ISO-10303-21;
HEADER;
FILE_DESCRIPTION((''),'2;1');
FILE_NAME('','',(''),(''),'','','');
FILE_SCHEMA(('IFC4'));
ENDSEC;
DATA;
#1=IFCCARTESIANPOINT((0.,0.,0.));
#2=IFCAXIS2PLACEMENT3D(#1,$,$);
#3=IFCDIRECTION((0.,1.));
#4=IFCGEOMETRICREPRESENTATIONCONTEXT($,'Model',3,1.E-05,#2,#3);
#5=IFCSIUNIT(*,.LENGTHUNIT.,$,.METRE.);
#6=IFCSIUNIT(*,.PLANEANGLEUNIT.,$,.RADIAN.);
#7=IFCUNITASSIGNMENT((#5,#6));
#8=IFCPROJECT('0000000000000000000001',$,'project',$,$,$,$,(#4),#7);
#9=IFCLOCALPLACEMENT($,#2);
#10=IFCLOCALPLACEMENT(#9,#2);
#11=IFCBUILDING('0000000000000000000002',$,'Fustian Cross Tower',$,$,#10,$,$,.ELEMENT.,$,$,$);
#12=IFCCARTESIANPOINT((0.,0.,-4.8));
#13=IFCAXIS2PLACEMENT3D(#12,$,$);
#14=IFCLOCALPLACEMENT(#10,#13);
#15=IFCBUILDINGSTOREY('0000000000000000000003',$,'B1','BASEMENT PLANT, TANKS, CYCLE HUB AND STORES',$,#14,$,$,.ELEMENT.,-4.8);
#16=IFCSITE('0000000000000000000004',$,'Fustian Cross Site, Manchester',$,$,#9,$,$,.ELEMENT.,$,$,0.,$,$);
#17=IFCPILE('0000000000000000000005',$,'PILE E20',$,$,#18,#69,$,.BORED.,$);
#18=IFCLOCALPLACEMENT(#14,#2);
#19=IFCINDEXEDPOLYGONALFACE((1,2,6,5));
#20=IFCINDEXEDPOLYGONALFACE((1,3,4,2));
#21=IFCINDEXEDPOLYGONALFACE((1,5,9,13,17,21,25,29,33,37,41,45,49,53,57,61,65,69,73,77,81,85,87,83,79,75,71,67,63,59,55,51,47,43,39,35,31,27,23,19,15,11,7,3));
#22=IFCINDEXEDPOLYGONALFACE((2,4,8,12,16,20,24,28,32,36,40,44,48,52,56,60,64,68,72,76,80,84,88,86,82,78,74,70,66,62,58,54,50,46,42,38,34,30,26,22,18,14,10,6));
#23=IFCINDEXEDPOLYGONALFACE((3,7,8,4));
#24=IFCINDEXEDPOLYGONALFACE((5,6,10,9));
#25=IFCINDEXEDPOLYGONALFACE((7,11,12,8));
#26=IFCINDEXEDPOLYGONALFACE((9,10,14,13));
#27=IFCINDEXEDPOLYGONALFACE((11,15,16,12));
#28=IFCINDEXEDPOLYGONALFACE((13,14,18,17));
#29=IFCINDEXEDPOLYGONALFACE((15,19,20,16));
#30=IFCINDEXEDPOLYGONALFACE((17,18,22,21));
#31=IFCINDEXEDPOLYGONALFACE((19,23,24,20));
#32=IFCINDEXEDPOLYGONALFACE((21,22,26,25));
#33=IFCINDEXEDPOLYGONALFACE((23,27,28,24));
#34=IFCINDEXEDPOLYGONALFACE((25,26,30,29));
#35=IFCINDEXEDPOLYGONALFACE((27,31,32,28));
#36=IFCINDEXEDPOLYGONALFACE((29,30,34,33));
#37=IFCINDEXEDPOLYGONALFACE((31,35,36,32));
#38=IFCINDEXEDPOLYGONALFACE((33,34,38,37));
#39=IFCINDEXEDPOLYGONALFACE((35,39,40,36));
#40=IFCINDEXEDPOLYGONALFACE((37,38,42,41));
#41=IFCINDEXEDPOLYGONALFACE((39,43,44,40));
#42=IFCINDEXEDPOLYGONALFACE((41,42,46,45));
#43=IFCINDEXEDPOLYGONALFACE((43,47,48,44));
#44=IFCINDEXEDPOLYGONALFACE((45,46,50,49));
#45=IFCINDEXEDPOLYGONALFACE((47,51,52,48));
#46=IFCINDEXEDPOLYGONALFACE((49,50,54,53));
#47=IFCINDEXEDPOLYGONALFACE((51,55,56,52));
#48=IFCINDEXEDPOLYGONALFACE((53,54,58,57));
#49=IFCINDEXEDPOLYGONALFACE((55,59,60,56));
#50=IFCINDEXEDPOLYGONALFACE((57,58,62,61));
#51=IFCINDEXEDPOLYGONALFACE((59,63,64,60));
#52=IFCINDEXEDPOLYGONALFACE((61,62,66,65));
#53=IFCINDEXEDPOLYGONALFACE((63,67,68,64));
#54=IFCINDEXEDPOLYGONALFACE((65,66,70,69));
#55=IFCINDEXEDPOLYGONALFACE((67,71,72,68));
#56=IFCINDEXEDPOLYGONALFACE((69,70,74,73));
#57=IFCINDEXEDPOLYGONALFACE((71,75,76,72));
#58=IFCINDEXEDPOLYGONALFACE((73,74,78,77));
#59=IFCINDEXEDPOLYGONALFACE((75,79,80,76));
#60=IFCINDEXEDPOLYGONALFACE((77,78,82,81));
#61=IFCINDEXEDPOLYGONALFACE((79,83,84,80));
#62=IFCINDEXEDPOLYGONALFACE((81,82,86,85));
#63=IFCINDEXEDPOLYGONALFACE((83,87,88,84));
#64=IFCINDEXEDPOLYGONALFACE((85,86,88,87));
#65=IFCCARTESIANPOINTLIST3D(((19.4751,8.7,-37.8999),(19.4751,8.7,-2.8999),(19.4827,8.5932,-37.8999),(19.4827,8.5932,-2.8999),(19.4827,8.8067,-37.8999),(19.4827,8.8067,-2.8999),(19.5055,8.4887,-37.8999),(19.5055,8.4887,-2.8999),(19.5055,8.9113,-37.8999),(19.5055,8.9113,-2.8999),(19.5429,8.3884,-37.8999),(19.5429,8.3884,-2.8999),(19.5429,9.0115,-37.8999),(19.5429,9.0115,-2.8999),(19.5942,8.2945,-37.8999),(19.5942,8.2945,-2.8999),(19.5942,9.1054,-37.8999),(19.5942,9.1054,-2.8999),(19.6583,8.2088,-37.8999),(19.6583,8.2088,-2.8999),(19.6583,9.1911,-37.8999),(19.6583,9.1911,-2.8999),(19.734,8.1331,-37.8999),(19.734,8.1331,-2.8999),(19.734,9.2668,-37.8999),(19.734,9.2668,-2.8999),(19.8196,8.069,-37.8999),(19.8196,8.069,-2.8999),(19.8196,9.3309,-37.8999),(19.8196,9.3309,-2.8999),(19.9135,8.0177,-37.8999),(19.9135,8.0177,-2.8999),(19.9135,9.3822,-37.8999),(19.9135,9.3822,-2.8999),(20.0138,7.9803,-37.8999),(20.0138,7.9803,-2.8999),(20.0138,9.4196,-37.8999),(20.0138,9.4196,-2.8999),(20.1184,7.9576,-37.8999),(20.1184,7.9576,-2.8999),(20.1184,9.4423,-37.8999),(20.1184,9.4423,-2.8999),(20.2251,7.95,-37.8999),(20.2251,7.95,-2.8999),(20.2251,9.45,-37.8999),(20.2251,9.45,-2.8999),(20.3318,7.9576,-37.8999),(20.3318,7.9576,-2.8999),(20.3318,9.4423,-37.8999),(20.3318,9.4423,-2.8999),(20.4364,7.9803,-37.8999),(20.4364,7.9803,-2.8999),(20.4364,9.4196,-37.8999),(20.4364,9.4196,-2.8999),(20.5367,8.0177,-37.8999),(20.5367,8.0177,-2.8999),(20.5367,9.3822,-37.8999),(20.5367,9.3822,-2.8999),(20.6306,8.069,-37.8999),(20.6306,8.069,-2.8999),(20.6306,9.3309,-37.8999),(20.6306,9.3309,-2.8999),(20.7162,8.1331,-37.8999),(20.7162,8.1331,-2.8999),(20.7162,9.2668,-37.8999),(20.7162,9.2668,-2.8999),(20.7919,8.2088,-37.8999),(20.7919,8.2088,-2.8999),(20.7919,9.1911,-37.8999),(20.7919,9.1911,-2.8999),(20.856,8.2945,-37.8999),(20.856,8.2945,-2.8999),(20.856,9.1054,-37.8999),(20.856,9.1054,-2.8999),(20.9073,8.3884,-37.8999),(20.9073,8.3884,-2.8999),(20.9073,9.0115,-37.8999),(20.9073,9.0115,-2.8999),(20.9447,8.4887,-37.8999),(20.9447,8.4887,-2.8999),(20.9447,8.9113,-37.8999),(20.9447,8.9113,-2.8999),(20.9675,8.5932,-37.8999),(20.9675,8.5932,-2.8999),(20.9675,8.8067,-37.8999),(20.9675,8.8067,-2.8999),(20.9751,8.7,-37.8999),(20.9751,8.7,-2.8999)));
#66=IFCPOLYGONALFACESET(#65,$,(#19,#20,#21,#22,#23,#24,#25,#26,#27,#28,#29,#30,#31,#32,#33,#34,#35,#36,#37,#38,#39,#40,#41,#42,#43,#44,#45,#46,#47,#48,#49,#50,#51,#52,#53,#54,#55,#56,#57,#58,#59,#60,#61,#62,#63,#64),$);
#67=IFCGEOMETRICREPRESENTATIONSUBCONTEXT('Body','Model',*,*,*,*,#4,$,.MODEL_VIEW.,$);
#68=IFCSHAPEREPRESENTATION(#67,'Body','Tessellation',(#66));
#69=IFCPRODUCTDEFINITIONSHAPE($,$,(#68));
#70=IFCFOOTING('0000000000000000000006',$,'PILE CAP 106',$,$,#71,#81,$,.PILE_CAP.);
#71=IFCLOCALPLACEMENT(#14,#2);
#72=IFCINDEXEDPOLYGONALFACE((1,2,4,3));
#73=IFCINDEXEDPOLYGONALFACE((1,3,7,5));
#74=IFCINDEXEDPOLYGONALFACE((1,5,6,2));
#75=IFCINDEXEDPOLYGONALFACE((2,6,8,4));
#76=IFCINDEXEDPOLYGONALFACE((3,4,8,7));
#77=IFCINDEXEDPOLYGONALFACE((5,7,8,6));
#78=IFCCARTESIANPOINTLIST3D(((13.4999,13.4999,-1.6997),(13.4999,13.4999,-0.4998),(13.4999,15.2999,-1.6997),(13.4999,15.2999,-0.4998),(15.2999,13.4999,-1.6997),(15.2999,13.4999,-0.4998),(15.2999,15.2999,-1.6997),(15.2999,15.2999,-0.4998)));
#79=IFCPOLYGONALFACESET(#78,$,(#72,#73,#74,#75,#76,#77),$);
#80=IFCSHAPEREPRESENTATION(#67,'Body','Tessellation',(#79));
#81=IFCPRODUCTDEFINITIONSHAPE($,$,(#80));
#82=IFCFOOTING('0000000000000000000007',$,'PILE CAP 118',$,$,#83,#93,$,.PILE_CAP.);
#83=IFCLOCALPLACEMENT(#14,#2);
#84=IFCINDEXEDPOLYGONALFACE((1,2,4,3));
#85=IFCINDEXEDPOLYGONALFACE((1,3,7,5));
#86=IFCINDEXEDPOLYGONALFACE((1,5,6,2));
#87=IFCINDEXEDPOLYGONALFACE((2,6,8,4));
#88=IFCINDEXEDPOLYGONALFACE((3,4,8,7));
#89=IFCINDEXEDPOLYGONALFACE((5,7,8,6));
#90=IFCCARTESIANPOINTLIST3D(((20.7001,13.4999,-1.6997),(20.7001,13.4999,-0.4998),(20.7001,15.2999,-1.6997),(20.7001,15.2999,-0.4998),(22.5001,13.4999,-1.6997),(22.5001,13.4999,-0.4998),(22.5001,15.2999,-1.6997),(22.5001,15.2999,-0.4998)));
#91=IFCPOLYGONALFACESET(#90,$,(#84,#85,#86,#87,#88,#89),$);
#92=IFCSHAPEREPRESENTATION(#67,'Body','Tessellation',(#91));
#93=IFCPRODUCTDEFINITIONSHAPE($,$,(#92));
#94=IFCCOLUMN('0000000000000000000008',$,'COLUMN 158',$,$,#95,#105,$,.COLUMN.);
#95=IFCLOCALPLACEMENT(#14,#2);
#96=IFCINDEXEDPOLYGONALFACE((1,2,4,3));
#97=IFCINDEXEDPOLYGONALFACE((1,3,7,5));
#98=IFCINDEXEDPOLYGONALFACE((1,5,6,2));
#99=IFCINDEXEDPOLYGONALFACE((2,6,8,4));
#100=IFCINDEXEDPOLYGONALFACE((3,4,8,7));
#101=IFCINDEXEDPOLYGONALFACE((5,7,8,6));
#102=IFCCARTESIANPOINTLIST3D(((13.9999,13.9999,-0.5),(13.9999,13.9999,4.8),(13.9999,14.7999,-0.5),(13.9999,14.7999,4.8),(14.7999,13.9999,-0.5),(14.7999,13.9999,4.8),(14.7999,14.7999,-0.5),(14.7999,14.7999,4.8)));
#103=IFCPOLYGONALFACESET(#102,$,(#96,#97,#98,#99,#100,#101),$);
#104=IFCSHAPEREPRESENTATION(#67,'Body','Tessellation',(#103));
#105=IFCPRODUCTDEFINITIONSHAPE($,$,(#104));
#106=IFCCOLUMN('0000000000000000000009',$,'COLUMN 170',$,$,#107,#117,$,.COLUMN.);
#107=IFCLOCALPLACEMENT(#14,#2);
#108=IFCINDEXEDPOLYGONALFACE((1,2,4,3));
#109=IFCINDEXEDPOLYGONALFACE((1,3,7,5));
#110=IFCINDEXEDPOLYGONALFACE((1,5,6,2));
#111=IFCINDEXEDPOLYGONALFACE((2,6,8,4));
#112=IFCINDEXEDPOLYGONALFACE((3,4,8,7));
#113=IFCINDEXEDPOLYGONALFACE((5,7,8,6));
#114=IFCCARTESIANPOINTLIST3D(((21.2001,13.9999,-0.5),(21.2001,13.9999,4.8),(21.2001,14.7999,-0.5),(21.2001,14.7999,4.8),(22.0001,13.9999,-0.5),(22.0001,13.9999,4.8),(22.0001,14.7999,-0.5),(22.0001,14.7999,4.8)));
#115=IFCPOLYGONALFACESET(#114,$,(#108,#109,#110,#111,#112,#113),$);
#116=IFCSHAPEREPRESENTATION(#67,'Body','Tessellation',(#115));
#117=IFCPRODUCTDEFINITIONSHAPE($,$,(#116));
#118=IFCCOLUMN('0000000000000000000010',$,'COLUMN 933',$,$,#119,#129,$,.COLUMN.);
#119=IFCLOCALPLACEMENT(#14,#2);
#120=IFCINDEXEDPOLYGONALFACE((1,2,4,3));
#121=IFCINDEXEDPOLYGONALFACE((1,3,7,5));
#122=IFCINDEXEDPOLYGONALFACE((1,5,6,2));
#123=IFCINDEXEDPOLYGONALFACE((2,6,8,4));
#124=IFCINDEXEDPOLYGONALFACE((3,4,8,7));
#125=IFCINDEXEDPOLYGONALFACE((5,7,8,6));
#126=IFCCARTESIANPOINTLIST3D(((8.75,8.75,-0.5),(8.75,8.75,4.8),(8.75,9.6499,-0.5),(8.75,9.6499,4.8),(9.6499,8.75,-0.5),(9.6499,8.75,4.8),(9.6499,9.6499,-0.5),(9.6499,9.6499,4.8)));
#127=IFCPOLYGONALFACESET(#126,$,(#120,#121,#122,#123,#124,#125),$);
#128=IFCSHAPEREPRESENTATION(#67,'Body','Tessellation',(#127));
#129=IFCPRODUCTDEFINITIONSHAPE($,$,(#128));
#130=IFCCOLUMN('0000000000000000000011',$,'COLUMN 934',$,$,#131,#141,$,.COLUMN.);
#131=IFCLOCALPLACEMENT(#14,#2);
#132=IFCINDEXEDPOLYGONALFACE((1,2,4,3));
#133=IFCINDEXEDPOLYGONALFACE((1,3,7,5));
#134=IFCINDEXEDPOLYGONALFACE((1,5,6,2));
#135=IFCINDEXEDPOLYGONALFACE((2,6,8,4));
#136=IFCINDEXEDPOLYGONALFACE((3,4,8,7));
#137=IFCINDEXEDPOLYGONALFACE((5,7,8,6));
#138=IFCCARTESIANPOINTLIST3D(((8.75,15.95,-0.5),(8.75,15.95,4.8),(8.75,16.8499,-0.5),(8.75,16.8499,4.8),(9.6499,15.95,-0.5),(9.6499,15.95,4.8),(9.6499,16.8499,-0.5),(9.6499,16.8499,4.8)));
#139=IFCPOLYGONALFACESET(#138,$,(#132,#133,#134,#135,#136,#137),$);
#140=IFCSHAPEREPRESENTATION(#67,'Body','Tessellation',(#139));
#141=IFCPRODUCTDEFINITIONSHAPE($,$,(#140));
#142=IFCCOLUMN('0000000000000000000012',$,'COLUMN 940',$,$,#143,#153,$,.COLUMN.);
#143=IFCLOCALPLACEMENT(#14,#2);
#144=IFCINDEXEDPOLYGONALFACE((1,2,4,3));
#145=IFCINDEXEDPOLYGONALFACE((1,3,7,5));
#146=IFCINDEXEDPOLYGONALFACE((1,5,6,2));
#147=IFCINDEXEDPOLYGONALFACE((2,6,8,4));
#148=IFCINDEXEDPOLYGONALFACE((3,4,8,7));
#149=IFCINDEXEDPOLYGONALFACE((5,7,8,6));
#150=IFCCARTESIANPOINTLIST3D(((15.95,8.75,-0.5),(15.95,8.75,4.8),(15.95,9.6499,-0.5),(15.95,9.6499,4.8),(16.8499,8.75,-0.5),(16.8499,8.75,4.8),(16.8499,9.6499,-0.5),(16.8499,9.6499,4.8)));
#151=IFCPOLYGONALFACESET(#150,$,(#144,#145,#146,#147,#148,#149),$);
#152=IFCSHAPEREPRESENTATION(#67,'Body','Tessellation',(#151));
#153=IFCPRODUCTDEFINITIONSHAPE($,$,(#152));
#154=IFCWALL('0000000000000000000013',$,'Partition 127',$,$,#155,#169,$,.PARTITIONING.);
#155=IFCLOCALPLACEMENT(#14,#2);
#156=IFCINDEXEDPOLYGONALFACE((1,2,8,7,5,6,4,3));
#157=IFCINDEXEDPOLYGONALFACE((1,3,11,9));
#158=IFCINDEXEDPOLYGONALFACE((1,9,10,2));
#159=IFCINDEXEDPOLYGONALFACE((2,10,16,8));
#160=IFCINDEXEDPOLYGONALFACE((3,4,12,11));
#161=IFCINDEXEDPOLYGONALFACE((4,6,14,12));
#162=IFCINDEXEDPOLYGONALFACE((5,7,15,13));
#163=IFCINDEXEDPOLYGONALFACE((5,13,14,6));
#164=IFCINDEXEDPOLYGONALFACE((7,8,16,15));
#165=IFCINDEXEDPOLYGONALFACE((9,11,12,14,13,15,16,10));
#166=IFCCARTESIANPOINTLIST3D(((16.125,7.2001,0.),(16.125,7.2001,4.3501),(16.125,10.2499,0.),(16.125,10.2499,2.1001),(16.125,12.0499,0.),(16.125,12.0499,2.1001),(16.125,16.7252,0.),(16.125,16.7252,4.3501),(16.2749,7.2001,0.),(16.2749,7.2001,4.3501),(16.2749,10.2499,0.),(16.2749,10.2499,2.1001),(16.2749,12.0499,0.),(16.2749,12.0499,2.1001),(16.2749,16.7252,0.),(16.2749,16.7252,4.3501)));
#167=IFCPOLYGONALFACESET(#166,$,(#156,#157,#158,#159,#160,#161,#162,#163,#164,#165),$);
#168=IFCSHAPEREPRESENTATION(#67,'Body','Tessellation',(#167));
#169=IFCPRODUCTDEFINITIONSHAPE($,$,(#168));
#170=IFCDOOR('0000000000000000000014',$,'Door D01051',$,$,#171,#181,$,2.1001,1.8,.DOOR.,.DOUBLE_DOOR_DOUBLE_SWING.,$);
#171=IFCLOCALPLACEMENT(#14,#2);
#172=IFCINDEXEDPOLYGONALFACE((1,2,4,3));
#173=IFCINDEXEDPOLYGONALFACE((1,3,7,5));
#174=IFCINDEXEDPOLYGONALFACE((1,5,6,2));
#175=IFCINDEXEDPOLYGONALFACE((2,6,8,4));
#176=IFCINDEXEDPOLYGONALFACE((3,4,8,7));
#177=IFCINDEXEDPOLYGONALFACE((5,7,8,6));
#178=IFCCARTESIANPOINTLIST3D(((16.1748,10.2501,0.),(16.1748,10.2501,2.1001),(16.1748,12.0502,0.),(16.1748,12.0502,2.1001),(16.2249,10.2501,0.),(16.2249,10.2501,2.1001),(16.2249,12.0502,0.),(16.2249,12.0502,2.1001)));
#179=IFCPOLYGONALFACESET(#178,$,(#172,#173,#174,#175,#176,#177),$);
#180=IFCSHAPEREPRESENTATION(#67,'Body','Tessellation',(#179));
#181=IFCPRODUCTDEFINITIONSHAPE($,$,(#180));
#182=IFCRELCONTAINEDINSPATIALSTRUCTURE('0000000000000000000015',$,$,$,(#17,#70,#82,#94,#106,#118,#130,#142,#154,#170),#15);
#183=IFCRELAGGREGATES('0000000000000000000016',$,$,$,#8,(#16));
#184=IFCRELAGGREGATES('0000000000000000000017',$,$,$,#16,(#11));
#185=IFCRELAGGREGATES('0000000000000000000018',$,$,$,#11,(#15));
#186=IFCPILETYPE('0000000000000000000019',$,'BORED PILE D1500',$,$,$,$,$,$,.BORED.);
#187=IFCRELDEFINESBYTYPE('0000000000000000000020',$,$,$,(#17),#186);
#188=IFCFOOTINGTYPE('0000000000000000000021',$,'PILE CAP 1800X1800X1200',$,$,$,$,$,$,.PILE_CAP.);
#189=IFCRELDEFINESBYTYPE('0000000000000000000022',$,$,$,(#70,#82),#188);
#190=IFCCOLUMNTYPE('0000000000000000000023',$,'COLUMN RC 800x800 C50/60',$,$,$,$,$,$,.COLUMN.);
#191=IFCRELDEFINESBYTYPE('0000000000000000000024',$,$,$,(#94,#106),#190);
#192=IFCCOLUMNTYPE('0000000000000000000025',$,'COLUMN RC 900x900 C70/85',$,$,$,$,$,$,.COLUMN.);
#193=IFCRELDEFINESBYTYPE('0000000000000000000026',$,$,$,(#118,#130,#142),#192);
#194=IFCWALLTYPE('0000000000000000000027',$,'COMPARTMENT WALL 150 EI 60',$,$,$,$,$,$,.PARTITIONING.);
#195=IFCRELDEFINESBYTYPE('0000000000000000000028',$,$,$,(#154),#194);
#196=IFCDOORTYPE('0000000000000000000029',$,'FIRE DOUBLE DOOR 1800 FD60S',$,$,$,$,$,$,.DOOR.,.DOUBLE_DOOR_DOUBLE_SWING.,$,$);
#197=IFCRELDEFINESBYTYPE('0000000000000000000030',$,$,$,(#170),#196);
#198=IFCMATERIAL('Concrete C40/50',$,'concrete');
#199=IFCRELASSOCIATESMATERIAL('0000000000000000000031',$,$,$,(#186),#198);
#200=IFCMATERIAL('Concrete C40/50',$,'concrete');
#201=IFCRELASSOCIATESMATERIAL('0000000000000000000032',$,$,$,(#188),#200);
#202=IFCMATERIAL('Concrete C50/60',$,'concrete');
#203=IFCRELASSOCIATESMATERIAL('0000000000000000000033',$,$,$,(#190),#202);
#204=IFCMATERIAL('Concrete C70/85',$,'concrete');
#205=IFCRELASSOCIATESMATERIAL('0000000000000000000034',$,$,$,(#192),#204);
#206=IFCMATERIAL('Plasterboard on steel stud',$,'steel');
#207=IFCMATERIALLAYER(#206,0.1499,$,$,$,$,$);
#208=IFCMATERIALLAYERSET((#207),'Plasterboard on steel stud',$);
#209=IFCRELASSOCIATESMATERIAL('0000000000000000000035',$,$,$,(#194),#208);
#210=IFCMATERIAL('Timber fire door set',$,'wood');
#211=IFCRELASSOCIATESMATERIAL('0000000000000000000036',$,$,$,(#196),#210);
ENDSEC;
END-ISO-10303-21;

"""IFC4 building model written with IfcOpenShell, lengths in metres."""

from ifc_helpers import new_model, si_unit, direction, frame, frame_2d, origin, origin_2d, place, context, subcontext, project, spatial, rectangle, circle, extrude, material, layer, layer_set, material_profile, profile_set, type_object, element, fill, save


model = new_model("IFC4")

# Units and contexts
model_context = context("Model", 3, precision=1e-05, world=origin(), true_north=direction((0.0, 1.0)))
body_context = subcontext(model_context, "Body", "Model", "MODEL_VIEW")
ifc_project = project(units=[si_unit("LENGTHUNIT", "METRE"), si_unit("PLANEANGLEUNIT", "RADIAN")], contexts=[model_context])

# Site, building, storey
site_placement = place(None, origin())
site = spatial("IfcSite", under=ifc_project, at=site_placement, Name="Fustian Cross Site, Manchester", CompositionType="ELEMENT", RefElevation=0.0)
building_placement = place(site_placement, origin())
building = spatial("IfcBuilding", under=site, at=building_placement, Name="Fustian Cross Tower", CompositionType="ELEMENT")
storey_placement = place(building_placement, frame((0.0, 0.0, -4.8)))
storey = spatial("IfcBuildingStorey", under=building, at=storey_placement, Name="B1", Description="BASEMENT PLANT, TANKS, CYCLE HUB AND STORES", CompositionType="ELEMENT", Elevation=-4.8)

# Pile
ifc_material_1 = material(Name="Concrete C40/50", Category="concrete")
ifc_material_profile_1 = material_profile(ifc_material_1, circle(Radius=0.75, at=origin_2d()), Name="BORED PILE D1500")
ifc_profile_set_1 = profile_set([ifc_material_profile_1], Name="Concrete C40/50")
pile_type_1 = type_object("IfcPileType", Name="BORED PILE D1500", PredefinedType="BORED", material=ifc_profile_set_1)
for number, where, z_axis, x_axis, name in (
    (1, (20.2251, 8.7, -2.8999), (0.0, 0.0, -1.0), (1.0, 0.0, 0.0), "PILE E20"),
):
    element("IfcPile", number, at=place(storey_placement, frame(where, z_axis=z_axis, x_axis=x_axis)), inside=storey, type_object=pile_type_1, Name=name, PredefinedType="BORED", context=body_context, shape_type="SweptSolid", body=[
        extrude(circle(Radius=0.75, at=origin_2d()), origin(), (0.0, 0.0, 1.0), 35.0),
    ])

# Footings
ifc_material_2 = material(Name="Concrete C40/50", Category="concrete")
footing_type = type_object("IfcFootingType", Name="PILE CAP 1800X1800X1200", PredefinedType="PILE_CAP", material=ifc_material_2)
for number, where, z_axis, x_axis, name in (
    (2, (14.3999, 14.3999, -1.6997), (0.0, 0.0, 1.0), (1.0, 0.0, 0.0), "PILE CAP 106"),
    (3, (21.6001, 14.3999, -1.6997), (0.0, 0.0, 1.0), (1.0, 0.0, 0.0), "PILE CAP 118"),
):
    element("IfcFooting", number, at=place(storey_placement, frame(where, z_axis=z_axis, x_axis=x_axis)), inside=storey, type_object=footing_type, Name=name, PredefinedType="PILE_CAP", context=body_context, shape_type="SweptSolid", body=[
        extrude(rectangle(XDim=1.8, YDim=1.8, at=origin_2d()), origin(), (0.0, 0.0, 1.0), 1.2),
    ])

# Columns
ifc_material_3 = material(Name="Concrete C50/60", Category="concrete")
ifc_material_profile_2 = material_profile(ifc_material_3, rectangle(XDim=0.8, YDim=0.8, at=origin_2d()), Name="RC 800x800")
ifc_profile_set_2 = profile_set([ifc_material_profile_2], Name="Concrete C50/60")
column_type_1 = type_object("IfcColumnType", Name="COLUMN RC 800x800 C50/60", PredefinedType="COLUMN", material=ifc_profile_set_2)
for number, where, z_axis, x_axis, name in (
    (4, (14.3999, 14.3999, -0.5), (0.0, 0.0, 1.0), (1.0, 0.0, 0.0), "COLUMN 158"),
    (5, (21.6001, 14.3999, -0.5), (0.0, 0.0, 1.0), (1.0, 0.0, 0.0), "COLUMN 170"),
):
    element("IfcColumn", number, at=place(storey_placement, frame(where, z_axis=z_axis, x_axis=x_axis)), inside=storey, type_object=column_type_1, Name=name, PredefinedType="COLUMN", context=body_context, shape_type="SweptSolid", body=[
        extrude(rectangle(XDim=0.8, YDim=0.8, at=origin_2d()), origin(), (0.0, 0.0, 1.0), 5.3),
    ])
ifc_material_4 = material(Name="Concrete C70/85", Category="concrete")
ifc_material_profile_3 = material_profile(ifc_material_4, rectangle(XDim=0.8999, YDim=0.8999, at=origin_2d()), Name="RC 900x900")
ifc_profile_set_3 = profile_set([ifc_material_profile_3], Name="Concrete C70/85")
column_type_2 = type_object("IfcColumnType", Name="COLUMN RC 900x900 C70/85", PredefinedType="COLUMN", material=ifc_profile_set_3)
for number, where, z_axis, x_axis, name in (
    (6, (9.2, 9.2, -0.5), (0.0, 0.0, 1.0), (1.0, 0.0, 0.0), "COLUMN 933"),
    (7, (9.2, 16.3999, -0.5), (0.0, 0.0, 1.0), (1.0, 0.0, 0.0), "COLUMN 934"),
    (8, (16.3999, 9.2, -0.5), (0.0, 0.0, 1.0), (1.0, 0.0, 0.0), "COLUMN 940"),
):
    element("IfcColumn", number, at=place(storey_placement, frame(where, z_axis=z_axis, x_axis=x_axis)), inside=storey, type_object=column_type_2, Name=name, PredefinedType="COLUMN", context=body_context, shape_type="SweptSolid", body=[
        extrude(rectangle(XDim=0.8999, YDim=0.8999, at=origin_2d()), origin(), (0.0, 0.0, 1.0), 5.3),
    ])

# Wall, opening, door
ifc_material_5 = material(Name="Plasterboard on steel stud", Category="steel")
ifc_layer = layer(ifc_material_5, 0.1499)
ifc_layer_set = layer_set([ifc_layer], Name="Plasterboard on steel stud")
wall_type = type_object("IfcWallType", Name="COMPARTMENT WALL 150 EI 60", PredefinedType="PARTITIONING", material=ifc_layer_set)
wall_1_placement = place(storey_placement, frame((16.2, 7.2, 0.0), z_axis=(0.0, 0.0, 1.0), x_axis=(0.0, 1.0, 0.0)))
wall_1 = element("IfcWall", 9, at=wall_1_placement, inside=storey, type_object=wall_type, Name="Partition 127", PredefinedType="PARTITIONING", context=body_context, shape_type="SweptSolid", body=[
    extrude(rectangle(XDim=9.5251, YDim=0.1499, at=frame_2d((4.7627, 0.0))), origin(), (0.0, 0.0, 1.0), 4.3501),
])
opening_1_placement = place(wall_1_placement, frame((3.05, 0.0, 0.0)))
opening_1 = element("IfcOpeningElement", 10, at=opening_1_placement, cuts=wall_1, PredefinedType="OPENING", context=body_context, shape_type="SweptSolid", body=[
    extrude(rectangle(XDim=1.8, YDim=2.1001, at=frame_2d((0.8999, 1.05))), frame((0.0, 0.085, 0.0), z_axis=(0.0, -1.0, 0.0), x_axis=(1.0, 0.0, 0.0)), (0.0, 0.0, 1.0), 0.1699),
])
ifc_material_6 = material(Name="Timber fire door set", Category="wood")
door_type = type_object("IfcDoorType", Name="FIRE DOUBLE DOOR 1800 FD60S", OperationType="DOUBLE_DOOR_DOUBLE_SWING", PredefinedType="DOOR", material=ifc_material_6)
door_1_placement = place(opening_1_placement, frame((1.8, 0.0, 0.0), z_axis=(0.0, 0.0, 1.0), x_axis=(-1.0, 0.0, 0.0)))
door_1 = element("IfcDoor", 11, at=door_1_placement, inside=storey, type_object=door_type, Name="Door D01051", OperationType="DOUBLE_DOOR_DOUBLE_SWING", OverallHeight=2.1001, OverallWidth=1.8, PredefinedType="DOOR", context=body_context, shape_type="SweptSolid", body=[
    extrude(rectangle(XDim=1.8, YDim=2.1001, at=frame_2d((0.8999, 1.05))), frame((0.0, 0.0249, 0.0), z_axis=(0.0, -1.0, 0.0), x_axis=(1.0, 0.0, 0.0)), (0.0, 0.0, 1.0), 0.05),
])
fill(opening_1, door_1)

save(model, "model.ifc")
